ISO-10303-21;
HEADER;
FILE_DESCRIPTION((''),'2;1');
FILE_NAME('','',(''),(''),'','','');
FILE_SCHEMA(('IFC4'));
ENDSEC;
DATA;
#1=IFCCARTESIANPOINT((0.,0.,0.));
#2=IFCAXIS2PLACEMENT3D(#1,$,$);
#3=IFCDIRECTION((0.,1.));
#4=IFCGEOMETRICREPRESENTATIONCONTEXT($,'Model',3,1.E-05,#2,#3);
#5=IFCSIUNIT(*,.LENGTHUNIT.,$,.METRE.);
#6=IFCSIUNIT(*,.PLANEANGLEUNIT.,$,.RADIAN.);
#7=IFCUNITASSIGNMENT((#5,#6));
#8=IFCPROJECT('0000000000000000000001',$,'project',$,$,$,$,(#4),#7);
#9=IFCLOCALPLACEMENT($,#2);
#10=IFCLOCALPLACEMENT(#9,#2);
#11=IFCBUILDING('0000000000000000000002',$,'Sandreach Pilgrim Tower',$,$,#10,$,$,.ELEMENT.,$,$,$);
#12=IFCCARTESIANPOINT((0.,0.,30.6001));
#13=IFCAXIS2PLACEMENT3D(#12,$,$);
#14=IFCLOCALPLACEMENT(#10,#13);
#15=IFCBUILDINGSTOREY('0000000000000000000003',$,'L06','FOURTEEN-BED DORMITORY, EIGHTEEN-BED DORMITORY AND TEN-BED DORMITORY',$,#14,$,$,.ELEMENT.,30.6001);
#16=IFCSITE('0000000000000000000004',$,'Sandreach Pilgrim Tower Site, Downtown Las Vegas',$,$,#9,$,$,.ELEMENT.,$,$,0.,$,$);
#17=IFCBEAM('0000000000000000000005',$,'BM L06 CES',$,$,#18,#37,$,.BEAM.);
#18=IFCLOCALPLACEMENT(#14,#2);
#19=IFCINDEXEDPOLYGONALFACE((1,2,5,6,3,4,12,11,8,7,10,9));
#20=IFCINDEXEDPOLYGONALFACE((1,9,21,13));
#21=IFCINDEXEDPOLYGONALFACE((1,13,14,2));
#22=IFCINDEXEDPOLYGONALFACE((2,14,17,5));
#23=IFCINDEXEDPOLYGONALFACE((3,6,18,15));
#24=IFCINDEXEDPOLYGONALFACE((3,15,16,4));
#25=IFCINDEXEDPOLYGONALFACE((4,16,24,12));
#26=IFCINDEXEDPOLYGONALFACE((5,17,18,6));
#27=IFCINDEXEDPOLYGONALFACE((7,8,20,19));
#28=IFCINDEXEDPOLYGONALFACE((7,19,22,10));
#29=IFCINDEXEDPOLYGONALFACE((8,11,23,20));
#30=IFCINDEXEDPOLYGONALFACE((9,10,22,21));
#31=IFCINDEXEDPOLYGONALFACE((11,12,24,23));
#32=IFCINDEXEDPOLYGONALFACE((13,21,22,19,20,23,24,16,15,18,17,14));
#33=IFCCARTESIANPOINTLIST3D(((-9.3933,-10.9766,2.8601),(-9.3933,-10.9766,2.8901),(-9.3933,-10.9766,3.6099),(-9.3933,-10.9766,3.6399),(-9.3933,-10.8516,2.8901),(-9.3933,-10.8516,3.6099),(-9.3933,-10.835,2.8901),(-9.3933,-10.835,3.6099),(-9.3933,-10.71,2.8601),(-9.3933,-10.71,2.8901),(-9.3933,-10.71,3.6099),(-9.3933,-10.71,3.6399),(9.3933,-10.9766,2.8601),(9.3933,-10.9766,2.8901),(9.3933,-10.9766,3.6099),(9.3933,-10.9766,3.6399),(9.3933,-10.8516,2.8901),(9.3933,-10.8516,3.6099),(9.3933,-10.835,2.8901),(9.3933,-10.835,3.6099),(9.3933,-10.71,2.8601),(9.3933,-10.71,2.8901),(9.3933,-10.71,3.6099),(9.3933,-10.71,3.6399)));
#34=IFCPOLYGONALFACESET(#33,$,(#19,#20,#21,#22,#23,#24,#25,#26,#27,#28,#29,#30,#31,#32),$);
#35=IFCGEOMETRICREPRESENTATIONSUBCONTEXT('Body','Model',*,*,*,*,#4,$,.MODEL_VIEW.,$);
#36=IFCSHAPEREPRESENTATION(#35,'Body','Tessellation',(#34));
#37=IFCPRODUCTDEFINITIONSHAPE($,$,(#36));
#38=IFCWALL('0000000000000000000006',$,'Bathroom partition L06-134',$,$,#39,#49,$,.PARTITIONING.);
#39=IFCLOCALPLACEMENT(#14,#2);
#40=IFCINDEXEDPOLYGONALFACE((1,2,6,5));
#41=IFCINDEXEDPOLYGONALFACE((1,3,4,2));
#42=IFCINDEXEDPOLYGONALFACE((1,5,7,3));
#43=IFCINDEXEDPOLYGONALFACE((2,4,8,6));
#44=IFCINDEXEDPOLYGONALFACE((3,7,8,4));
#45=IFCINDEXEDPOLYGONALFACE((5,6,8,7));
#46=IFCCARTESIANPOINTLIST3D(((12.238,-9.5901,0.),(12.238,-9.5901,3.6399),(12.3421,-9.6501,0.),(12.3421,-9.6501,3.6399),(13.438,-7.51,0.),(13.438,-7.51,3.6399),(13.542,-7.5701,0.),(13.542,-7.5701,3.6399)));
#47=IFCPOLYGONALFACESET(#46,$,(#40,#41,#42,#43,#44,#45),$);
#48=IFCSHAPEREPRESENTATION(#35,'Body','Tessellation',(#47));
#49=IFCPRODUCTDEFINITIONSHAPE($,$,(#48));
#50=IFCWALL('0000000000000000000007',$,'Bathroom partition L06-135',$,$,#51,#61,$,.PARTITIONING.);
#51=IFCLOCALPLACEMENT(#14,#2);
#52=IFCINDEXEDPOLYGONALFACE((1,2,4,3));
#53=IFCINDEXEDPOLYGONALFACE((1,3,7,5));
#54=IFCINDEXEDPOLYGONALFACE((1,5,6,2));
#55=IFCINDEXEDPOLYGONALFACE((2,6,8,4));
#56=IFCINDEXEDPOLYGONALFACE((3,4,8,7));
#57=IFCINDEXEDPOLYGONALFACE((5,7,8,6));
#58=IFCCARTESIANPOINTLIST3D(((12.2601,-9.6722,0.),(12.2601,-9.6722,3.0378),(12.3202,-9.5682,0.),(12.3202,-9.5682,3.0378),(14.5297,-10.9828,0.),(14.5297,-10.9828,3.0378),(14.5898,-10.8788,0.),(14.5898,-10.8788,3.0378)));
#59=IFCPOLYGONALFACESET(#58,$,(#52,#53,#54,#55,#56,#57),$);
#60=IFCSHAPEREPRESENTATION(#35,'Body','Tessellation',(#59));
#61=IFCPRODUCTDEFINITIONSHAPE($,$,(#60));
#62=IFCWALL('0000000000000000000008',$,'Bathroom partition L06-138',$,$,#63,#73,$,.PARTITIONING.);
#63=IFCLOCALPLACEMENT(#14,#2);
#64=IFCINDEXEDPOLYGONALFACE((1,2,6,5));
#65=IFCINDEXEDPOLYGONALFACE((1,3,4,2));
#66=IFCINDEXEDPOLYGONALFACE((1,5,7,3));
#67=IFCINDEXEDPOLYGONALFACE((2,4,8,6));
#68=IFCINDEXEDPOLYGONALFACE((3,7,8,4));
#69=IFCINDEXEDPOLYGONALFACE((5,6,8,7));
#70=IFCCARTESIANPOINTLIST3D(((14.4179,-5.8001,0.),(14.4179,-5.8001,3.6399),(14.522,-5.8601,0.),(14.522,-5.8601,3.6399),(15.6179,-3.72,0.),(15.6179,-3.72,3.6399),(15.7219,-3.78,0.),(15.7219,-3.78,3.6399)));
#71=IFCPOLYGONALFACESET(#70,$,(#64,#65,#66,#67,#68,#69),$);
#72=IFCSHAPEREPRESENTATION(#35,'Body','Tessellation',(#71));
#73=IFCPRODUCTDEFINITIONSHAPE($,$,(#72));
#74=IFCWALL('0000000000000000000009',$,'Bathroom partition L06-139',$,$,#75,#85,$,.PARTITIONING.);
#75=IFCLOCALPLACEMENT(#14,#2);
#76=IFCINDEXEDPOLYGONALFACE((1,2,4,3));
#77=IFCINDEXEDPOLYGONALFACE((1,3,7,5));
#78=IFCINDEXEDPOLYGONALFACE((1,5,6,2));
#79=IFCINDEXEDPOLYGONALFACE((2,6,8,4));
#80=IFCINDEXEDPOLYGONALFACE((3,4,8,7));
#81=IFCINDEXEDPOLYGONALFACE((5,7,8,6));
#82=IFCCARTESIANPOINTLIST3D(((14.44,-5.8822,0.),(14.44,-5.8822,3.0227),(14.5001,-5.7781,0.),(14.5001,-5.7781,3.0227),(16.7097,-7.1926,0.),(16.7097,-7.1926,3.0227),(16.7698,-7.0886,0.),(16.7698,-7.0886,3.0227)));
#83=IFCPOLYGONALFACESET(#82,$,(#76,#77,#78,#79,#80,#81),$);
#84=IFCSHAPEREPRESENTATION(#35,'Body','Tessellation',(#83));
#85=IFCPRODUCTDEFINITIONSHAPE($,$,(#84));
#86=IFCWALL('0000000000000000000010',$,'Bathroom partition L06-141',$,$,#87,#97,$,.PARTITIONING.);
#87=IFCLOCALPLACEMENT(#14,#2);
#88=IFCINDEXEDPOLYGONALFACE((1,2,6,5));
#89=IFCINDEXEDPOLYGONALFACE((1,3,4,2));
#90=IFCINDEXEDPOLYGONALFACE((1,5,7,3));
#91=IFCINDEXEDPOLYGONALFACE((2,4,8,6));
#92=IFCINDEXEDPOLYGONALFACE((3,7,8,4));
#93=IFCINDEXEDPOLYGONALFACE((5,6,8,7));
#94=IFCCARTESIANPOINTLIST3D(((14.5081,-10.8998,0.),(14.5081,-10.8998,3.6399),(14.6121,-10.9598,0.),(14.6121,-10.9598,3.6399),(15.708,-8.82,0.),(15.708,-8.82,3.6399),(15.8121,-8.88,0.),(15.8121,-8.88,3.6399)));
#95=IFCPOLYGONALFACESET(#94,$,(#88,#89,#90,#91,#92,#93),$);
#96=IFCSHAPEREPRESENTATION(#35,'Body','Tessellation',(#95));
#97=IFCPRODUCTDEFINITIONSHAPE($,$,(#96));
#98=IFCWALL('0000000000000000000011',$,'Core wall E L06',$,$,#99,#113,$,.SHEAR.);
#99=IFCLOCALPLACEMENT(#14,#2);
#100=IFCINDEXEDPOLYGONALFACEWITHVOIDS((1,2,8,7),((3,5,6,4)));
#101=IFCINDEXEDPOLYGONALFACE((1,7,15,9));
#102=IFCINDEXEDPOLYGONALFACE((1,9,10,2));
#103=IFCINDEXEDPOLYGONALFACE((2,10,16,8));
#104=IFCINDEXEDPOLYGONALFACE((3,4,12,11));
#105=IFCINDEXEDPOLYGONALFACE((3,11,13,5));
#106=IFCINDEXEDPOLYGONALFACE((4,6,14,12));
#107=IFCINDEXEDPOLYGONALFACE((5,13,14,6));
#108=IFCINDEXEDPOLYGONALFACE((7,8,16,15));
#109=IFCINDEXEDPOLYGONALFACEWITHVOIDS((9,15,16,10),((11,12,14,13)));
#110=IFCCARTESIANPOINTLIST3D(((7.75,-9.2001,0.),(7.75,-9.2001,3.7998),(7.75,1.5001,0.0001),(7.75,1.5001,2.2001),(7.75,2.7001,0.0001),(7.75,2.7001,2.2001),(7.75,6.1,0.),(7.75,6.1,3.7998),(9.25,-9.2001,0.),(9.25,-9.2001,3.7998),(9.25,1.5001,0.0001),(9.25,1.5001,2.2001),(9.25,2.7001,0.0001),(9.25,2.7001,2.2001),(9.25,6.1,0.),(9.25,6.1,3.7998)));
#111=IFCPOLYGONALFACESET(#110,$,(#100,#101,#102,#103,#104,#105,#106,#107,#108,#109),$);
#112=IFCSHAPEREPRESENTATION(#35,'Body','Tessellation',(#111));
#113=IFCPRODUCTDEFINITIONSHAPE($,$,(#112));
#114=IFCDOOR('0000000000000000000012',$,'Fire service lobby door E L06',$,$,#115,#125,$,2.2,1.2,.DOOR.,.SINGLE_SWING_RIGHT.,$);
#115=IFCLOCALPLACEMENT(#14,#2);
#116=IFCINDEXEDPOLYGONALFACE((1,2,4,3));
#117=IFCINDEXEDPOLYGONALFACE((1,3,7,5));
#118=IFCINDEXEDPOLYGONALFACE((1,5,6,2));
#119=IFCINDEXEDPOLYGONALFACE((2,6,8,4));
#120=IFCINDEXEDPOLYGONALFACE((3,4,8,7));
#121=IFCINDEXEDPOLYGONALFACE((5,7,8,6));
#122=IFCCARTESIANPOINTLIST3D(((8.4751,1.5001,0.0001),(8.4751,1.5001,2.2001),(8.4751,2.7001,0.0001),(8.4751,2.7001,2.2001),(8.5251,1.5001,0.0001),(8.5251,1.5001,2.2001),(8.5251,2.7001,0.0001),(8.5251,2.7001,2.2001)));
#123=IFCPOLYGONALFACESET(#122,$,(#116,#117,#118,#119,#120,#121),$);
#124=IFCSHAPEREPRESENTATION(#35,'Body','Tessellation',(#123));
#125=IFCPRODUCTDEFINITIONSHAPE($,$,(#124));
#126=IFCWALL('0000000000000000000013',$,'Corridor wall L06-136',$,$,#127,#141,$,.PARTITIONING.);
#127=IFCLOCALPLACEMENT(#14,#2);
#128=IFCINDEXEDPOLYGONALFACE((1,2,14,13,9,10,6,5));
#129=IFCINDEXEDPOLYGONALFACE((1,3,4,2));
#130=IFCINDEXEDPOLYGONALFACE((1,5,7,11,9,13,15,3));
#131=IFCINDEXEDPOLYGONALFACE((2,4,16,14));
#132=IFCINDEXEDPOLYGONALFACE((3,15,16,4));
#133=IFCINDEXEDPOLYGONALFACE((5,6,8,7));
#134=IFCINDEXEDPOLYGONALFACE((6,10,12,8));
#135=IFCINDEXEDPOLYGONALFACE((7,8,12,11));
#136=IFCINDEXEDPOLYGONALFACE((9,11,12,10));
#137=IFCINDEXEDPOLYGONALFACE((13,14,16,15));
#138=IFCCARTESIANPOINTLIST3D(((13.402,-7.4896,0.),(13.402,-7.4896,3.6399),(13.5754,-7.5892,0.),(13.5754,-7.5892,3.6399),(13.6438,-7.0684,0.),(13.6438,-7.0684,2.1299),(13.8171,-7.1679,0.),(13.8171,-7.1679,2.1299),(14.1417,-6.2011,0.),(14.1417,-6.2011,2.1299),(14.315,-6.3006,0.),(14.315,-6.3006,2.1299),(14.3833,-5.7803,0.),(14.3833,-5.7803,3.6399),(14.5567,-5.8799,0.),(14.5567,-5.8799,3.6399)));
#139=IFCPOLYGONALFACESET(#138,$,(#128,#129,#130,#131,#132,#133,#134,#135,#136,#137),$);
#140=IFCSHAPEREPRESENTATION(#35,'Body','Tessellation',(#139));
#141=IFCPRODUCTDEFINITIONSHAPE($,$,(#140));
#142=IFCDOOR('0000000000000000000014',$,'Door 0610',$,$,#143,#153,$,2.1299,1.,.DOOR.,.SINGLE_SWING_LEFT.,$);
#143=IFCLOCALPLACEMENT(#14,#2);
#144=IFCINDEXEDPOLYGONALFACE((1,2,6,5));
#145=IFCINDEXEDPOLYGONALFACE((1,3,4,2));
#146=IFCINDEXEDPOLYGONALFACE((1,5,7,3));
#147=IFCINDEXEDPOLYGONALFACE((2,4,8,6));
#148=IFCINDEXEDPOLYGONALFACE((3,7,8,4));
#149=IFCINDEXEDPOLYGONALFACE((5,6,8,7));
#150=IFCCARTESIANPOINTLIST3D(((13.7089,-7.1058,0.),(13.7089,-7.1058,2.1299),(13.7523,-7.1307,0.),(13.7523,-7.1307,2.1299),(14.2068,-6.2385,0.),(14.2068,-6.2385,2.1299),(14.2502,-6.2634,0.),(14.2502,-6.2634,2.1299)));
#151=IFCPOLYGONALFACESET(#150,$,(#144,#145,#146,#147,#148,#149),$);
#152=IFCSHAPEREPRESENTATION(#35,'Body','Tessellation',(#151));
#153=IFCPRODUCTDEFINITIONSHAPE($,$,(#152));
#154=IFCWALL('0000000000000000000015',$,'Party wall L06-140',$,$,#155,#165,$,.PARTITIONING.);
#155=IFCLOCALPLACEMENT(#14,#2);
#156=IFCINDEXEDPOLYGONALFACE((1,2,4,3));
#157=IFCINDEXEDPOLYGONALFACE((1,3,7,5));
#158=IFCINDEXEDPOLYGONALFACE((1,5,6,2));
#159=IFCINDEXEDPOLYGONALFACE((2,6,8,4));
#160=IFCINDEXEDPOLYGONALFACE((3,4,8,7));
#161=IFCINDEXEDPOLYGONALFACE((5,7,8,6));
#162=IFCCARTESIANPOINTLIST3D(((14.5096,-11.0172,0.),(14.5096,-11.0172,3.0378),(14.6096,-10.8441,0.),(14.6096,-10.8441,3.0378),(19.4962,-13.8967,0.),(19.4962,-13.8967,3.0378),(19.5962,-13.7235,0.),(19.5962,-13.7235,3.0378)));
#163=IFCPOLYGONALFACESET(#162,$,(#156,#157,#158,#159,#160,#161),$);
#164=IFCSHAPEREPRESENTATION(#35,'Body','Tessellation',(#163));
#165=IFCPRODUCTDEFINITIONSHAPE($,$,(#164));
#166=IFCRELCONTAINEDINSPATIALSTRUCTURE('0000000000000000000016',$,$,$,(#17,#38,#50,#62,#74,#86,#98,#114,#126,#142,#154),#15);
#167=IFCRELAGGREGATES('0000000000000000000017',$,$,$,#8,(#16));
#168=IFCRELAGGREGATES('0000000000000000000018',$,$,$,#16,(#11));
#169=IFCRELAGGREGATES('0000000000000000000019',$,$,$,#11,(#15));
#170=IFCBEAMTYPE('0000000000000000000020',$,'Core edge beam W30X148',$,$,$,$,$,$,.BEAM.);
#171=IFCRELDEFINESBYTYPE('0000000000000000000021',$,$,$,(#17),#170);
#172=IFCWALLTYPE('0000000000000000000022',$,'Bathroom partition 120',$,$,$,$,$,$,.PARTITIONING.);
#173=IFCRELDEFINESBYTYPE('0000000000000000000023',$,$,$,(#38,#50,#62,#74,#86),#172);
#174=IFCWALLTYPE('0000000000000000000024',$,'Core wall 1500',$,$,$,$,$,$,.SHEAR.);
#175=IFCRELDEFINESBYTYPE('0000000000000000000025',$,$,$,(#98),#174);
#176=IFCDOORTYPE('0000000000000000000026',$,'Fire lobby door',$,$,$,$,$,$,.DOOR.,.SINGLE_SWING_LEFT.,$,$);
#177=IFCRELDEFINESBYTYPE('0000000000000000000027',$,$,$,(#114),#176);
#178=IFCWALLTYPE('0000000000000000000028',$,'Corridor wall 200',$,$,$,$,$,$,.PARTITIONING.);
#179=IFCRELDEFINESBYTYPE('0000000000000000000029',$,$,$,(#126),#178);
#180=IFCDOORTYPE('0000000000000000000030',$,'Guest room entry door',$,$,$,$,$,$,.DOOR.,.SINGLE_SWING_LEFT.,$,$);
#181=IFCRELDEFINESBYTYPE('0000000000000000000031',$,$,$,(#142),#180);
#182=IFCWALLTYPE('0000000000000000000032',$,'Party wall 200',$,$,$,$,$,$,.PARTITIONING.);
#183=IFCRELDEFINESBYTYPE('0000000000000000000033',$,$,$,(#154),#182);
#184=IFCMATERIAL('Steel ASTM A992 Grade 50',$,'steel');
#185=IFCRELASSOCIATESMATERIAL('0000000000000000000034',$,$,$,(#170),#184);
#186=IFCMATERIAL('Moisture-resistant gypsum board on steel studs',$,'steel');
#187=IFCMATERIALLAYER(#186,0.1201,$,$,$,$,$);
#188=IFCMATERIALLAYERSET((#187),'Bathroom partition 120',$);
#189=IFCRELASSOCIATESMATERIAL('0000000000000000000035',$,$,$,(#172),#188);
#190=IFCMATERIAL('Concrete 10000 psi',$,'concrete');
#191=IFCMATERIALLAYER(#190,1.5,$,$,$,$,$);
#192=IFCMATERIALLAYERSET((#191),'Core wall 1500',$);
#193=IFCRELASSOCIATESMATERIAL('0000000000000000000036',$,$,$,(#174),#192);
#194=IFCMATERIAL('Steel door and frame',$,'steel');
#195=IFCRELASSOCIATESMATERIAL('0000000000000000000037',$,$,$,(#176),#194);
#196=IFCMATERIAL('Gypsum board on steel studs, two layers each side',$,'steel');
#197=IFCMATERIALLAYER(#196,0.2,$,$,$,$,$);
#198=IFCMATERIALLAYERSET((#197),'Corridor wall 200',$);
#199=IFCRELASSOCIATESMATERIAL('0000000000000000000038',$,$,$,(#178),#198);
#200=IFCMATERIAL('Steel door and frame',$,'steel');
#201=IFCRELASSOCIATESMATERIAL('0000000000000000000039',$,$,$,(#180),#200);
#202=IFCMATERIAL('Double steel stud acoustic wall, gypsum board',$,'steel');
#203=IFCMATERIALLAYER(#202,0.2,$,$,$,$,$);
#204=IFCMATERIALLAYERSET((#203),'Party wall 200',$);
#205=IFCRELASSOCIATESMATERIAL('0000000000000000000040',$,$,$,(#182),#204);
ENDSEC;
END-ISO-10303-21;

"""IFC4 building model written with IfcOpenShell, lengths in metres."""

from ifc_helpers import new_model, si_unit, direction, frame, frame_2d, origin, origin_2d, place, context, subcontext, project, spatial, rectangle, i_section, extrude, material, layer, layer_set, material_profile, profile_set, type_object, element, fill, save


model = new_model("IFC4")

# Units and contexts
model_context = context("Model", 3, precision=1e-05, world=origin(), true_north=direction((0.0, 1.0)))
body_context = subcontext(model_context, "Body", "Model", "MODEL_VIEW")
ifc_project = project(units=[si_unit("LENGTHUNIT", "METRE"), si_unit("PLANEANGLEUNIT", "RADIAN")], contexts=[model_context])

# Site, building, storey
site_placement = place(None, origin())
site = spatial("IfcSite", under=ifc_project, at=site_placement, Name="Sandreach Pilgrim Tower Site, Downtown Las Vegas", CompositionType="ELEMENT", RefElevation=0.0)
building_placement = place(site_placement, origin())
building = spatial("IfcBuilding", under=site, at=building_placement, Name="Sandreach Pilgrim Tower", CompositionType="ELEMENT")
storey_placement = place(building_placement, frame((0.0, 0.0, 30.6001)))
storey = spatial("IfcBuildingStorey", under=building, at=storey_placement, Name="L06", Description="FOURTEEN-BED DORMITORY, EIGHTEEN-BED DORMITORY AND TEN-BED DORMITORY", CompositionType="ELEMENT", Elevation=30.6001)

# Beam
ifc_material_1 = material(Name="Steel ASTM A992 Grade 50", Category="steel")
ifc_material_profile = material_profile(ifc_material_1, i_section(OverallWidth=0.2666, OverallDepth=0.7798, WebThickness=0.0166, FlangeThickness=0.03, at=origin_2d()), Name="W30X148")
ifc_profile_set = profile_set([ifc_material_profile], Name="Steel ASTM A992 Grade 50")
beam_type = type_object("IfcBeamType", Name="Core edge beam W30X148", PredefinedType="BEAM", material=ifc_profile_set)
beam_placement = place(storey_placement, frame((9.3933, -10.8433, 3.25), z_axis=(-1.0, 0.0, 0.0), x_axis=(0.0, -1.0, 0.0)))
element("IfcBeam", 1, at=beam_placement, inside=storey, type_object=beam_type, Name="BM L06 CES", PredefinedType="BEAM", context=body_context, shape_type="SweptSolid", body=[
    extrude(i_section(OverallWidth=0.2666, OverallDepth=0.7798, WebThickness=0.0166, FlangeThickness=0.03, at=origin_2d()), origin(), (0.0, 0.0, 1.0), 18.7866),
])

# Walls
ifc_material_2 = material(Name="Moisture-resistant gypsum board on steel studs", Category="steel")
ifc_layer_1 = layer(ifc_material_2, 0.1201)
ifc_layer_set_1 = layer_set([ifc_layer_1], Name="Bathroom partition 120")
wall_type_1 = type_object("IfcWallType", Name="Bathroom partition 120", PredefinedType="PARTITIONING", material=ifc_layer_set_1)
wall_1_placement = place(storey_placement, frame((12.29, -9.6201, 0.0), z_axis=(0.0, 0.0, 1.0), x_axis=(0.499693, 0.866203, 0.0)))
element("IfcWall", 2, at=wall_1_placement, inside=storey, type_object=wall_type_1, Name="Bathroom partition L06-134", PredefinedType="PARTITIONING", context=body_context, shape_type="SweptSolid", body=[
    extrude(rectangle(XDim=2.4014, YDim=0.1201, at=frame_2d((1.2007, 0.0))), origin(), (0.0, 0.0, 1.0), 3.6399),
])
wall_2_placement = place(storey_placement, frame((12.29, -9.6201, 0.0), z_axis=(0.0, 0.0, 1.0), x_axis=(0.865987, -0.500067, 0.0)))
element("IfcWall", 3, at=wall_2_placement, inside=storey, type_object=wall_type_1, Name="Bathroom partition L06-135", PredefinedType="PARTITIONING", context=body_context, shape_type="SweptSolid", body=[
    extrude(rectangle(XDim=2.6208, YDim=0.1201, at=frame_2d((1.3105, 0.0))), origin(), (0.0, 0.0, 1.0), 3.0378),
])
wall_3_placement = place(storey_placement, frame((14.47, -5.8301, 0.0), z_axis=(0.0, 0.0, 1.0), x_axis=(0.499693, 0.866203, 0.0)))
element("IfcWall", 4, at=wall_3_placement, inside=storey, type_object=wall_type_1, Name="Bathroom partition L06-138", PredefinedType="PARTITIONING", context=body_context, shape_type="SweptSolid", body=[
    extrude(rectangle(XDim=2.4014, YDim=0.1201, at=frame_2d((1.2007, 0.0))), origin(), (0.0, 0.0, 1.0), 3.6399),
])
wall_4_placement = place(storey_placement, frame((14.47, -5.8301, 0.0), z_axis=(0.0, 0.0, 1.0), x_axis=(0.86601, -0.500026, 0.0)))
element("IfcWall", 5, at=wall_4_placement, inside=storey, type_object=wall_type_1, Name="Bathroom partition L06-139", PredefinedType="PARTITIONING", context=body_context, shape_type="SweptSolid", body=[
    extrude(rectangle(XDim=2.6208, YDim=0.1201, at=frame_2d((1.3105, 0.0))), origin(), (0.0, 0.0, 1.0), 3.0227),
])
wall_5_placement = place(storey_placement, frame((14.5601, -10.9299, 0.0), z_axis=(0.0, 0.0, 1.0), x_axis=(0.499737, 0.866177, 0.0)))
element("IfcWall", 6, at=wall_5_placement, inside=storey, type_object=wall_type_1, Name="Bathroom partition L06-141", PredefinedType="PARTITIONING", context=body_context, shape_type="SweptSolid", body=[
    extrude(rectangle(XDim=2.4011, YDim=0.1201, at=frame_2d((1.2007, 0.0))), origin(), (0.0, 0.0, 1.0), 3.6399),
])

# Walls, openings, doors
ifc_material_3 = material(Name="Concrete 10000 psi", Category="concrete")
ifc_layer_2 = layer(ifc_material_3, 1.5)
ifc_layer_set_2 = layer_set([ifc_layer_2], Name="Core wall 1500")
wall_type_2 = type_object("IfcWallType", Name="Core wall 1500", PredefinedType="SHEAR", material=ifc_layer_set_2)
wall_6_placement = place(storey_placement, frame((8.5, -9.2, 0.0), z_axis=(0.0, 0.0, 1.0), x_axis=(0.0, 1.0, 0.0)))
wall_6 = element("IfcWall", 7, at=wall_6_placement, inside=storey, type_object=wall_type_2, Name="Core wall E L06", PredefinedType="SHEAR", context=body_context, shape_type="SweptSolid", body=[
    extrude(rectangle(XDim=15.3, YDim=1.5, at=frame_2d((7.6499, 0.0))), origin(), (0.0, 0.0, 1.0), 3.7998),
])
opening_1_placement = place(wall_6_placement, frame((10.7, 0.0, 0.0)))
opening_1 = element("IfcOpeningElement", 8, at=opening_1_placement, cuts=wall_6, PredefinedType="OPENING", context=body_context, shape_type="SweptSolid", body=[
    extrude(rectangle(XDim=1.2, YDim=2.2, at=frame_2d((0.6001, 1.1001))), frame((0.0, 0.75, 0.0), z_axis=(0.0, -1.0, 0.0), x_axis=(1.0, 0.0, 0.0)), (0.0, 0.0, 1.0), 1.5),
])
ifc_material_4 = material(Name="Steel door and frame", Category="steel")
door_type_1 = type_object("IfcDoorType", Name="Fire lobby door", OperationType="SINGLE_SWING_LEFT", PredefinedType="DOOR", material=ifc_material_4)
door_1_placement = place(opening_1_placement, origin())
door_1 = element("IfcDoor", 9, at=door_1_placement, inside=storey, type_object=door_type_1, Name="Fire service lobby door E L06", OperationType="SINGLE_SWING_RIGHT", OverallHeight=2.2, OverallWidth=1.2, PredefinedType="DOOR", context=body_context, shape_type="SweptSolid", body=[
    extrude(rectangle(XDim=1.2, YDim=2.2, at=frame_2d((0.6001, 1.1001))), frame((0.0, 0.0249, 0.0), z_axis=(0.0, -1.0, 0.0), x_axis=(1.0, 0.0, 0.0)), (0.0, 0.0, 1.0), 0.05),
])
fill(opening_1, door_1)
ifc_material_5 = material(Name="Gypsum board on steel studs, two layers each side", Category="steel")
ifc_layer_3 = layer(ifc_material_5, 0.2)
ifc_layer_set_3 = layer_set([ifc_layer_3], Name="Corridor wall 200")
wall_type_3 = type_object("IfcWallType", Name="Corridor wall 200", PredefinedType="PARTITIONING", material=ifc_layer_set_3)
wall_7_placement = place(storey_placement, frame((13.4888, -7.5393, 0.0), z_axis=(0.0, 0.0, 1.0), x_axis=(0.497859, 0.867258, 0.0)))
wall_7 = element("IfcWall", 10, at=wall_7_placement, inside=storey, type_object=wall_type_3, Name="Corridor wall L06-136", PredefinedType="PARTITIONING", context=body_context, shape_type="SweptSolid", body=[
    extrude(rectangle(XDim=1.9709, YDim=0.2, at=frame_2d((0.9854, 0.0))), origin(), (0.0, 0.0, 1.0), 3.6399),
])
opening_2_placement = place(wall_7_placement, frame((0.4856, 0.0, 0.0)))
opening_2 = element("IfcOpeningElement", 11, at=opening_2_placement, cuts=wall_7, PredefinedType="OPENING", context=body_context, shape_type="SweptSolid", body=[
    extrude(rectangle(XDim=1.0, YDim=2.1299, at=frame_2d((0.5, 1.0649))), frame((0.0, 0.1001, 0.0), z_axis=(0.0, -1.0, 0.0), x_axis=(1.0, 0.0, 0.0)), (0.0, 0.0, 1.0), 0.2),
])
ifc_material_6 = material(Name="Steel door and frame", Category="steel")
door_type_2 = type_object("IfcDoorType", Name="Guest room entry door", OperationType="SINGLE_SWING_LEFT", PredefinedType="DOOR", material=ifc_material_6)
door_2_placement = place(opening_2_placement, origin())
door_2 = element("IfcDoor", 12, at=door_2_placement, inside=storey, type_object=door_type_2, Name="Door 0610", OperationType="SINGLE_SWING_LEFT", OverallHeight=2.1299, OverallWidth=1.0, PredefinedType="DOOR", context=body_context, shape_type="SweptSolid", body=[
    extrude(rectangle(XDim=1.0, YDim=2.1299, at=frame_2d((0.5, 1.0649))), frame((0.0, 0.0249, 0.0), z_axis=(0.0, -1.0, 0.0), x_axis=(1.0, 0.0, 0.0)), (0.0, 0.0, 1.0), 0.05),
])
fill(opening_2, door_2)

# Wall
ifc_material_7 = material(Name="Double steel stud acoustic wall, gypsum board", Category="steel")
ifc_layer_4 = layer(ifc_material_7, 0.2)
ifc_layer_set_4 = layer_set([ifc_layer_4], Name="Party wall 200")
wall_type_4 = type_object("IfcWallType", Name="Party wall 200", PredefinedType="PARTITIONING", material=ifc_layer_set_4)
wall_8_placement = place(storey_placement, frame((14.5596, -10.9307, 0.0), z_axis=(0.0, 0.0, 1.0), x_axis=(0.865996, -0.500052, 0.0)))
element("IfcWall", 13, at=wall_8_placement, inside=storey, type_object=wall_type_4, Name="Party wall L06-140", PredefinedType="PARTITIONING", context=body_context, shape_type="SweptSolid", body=[
    extrude(rectangle(XDim=5.7583, YDim=0.2, at=frame_2d((2.8792, 0.0))), origin(), (0.0, 0.0, 1.0), 3.0378),
])

save(model, "model.ifc")
